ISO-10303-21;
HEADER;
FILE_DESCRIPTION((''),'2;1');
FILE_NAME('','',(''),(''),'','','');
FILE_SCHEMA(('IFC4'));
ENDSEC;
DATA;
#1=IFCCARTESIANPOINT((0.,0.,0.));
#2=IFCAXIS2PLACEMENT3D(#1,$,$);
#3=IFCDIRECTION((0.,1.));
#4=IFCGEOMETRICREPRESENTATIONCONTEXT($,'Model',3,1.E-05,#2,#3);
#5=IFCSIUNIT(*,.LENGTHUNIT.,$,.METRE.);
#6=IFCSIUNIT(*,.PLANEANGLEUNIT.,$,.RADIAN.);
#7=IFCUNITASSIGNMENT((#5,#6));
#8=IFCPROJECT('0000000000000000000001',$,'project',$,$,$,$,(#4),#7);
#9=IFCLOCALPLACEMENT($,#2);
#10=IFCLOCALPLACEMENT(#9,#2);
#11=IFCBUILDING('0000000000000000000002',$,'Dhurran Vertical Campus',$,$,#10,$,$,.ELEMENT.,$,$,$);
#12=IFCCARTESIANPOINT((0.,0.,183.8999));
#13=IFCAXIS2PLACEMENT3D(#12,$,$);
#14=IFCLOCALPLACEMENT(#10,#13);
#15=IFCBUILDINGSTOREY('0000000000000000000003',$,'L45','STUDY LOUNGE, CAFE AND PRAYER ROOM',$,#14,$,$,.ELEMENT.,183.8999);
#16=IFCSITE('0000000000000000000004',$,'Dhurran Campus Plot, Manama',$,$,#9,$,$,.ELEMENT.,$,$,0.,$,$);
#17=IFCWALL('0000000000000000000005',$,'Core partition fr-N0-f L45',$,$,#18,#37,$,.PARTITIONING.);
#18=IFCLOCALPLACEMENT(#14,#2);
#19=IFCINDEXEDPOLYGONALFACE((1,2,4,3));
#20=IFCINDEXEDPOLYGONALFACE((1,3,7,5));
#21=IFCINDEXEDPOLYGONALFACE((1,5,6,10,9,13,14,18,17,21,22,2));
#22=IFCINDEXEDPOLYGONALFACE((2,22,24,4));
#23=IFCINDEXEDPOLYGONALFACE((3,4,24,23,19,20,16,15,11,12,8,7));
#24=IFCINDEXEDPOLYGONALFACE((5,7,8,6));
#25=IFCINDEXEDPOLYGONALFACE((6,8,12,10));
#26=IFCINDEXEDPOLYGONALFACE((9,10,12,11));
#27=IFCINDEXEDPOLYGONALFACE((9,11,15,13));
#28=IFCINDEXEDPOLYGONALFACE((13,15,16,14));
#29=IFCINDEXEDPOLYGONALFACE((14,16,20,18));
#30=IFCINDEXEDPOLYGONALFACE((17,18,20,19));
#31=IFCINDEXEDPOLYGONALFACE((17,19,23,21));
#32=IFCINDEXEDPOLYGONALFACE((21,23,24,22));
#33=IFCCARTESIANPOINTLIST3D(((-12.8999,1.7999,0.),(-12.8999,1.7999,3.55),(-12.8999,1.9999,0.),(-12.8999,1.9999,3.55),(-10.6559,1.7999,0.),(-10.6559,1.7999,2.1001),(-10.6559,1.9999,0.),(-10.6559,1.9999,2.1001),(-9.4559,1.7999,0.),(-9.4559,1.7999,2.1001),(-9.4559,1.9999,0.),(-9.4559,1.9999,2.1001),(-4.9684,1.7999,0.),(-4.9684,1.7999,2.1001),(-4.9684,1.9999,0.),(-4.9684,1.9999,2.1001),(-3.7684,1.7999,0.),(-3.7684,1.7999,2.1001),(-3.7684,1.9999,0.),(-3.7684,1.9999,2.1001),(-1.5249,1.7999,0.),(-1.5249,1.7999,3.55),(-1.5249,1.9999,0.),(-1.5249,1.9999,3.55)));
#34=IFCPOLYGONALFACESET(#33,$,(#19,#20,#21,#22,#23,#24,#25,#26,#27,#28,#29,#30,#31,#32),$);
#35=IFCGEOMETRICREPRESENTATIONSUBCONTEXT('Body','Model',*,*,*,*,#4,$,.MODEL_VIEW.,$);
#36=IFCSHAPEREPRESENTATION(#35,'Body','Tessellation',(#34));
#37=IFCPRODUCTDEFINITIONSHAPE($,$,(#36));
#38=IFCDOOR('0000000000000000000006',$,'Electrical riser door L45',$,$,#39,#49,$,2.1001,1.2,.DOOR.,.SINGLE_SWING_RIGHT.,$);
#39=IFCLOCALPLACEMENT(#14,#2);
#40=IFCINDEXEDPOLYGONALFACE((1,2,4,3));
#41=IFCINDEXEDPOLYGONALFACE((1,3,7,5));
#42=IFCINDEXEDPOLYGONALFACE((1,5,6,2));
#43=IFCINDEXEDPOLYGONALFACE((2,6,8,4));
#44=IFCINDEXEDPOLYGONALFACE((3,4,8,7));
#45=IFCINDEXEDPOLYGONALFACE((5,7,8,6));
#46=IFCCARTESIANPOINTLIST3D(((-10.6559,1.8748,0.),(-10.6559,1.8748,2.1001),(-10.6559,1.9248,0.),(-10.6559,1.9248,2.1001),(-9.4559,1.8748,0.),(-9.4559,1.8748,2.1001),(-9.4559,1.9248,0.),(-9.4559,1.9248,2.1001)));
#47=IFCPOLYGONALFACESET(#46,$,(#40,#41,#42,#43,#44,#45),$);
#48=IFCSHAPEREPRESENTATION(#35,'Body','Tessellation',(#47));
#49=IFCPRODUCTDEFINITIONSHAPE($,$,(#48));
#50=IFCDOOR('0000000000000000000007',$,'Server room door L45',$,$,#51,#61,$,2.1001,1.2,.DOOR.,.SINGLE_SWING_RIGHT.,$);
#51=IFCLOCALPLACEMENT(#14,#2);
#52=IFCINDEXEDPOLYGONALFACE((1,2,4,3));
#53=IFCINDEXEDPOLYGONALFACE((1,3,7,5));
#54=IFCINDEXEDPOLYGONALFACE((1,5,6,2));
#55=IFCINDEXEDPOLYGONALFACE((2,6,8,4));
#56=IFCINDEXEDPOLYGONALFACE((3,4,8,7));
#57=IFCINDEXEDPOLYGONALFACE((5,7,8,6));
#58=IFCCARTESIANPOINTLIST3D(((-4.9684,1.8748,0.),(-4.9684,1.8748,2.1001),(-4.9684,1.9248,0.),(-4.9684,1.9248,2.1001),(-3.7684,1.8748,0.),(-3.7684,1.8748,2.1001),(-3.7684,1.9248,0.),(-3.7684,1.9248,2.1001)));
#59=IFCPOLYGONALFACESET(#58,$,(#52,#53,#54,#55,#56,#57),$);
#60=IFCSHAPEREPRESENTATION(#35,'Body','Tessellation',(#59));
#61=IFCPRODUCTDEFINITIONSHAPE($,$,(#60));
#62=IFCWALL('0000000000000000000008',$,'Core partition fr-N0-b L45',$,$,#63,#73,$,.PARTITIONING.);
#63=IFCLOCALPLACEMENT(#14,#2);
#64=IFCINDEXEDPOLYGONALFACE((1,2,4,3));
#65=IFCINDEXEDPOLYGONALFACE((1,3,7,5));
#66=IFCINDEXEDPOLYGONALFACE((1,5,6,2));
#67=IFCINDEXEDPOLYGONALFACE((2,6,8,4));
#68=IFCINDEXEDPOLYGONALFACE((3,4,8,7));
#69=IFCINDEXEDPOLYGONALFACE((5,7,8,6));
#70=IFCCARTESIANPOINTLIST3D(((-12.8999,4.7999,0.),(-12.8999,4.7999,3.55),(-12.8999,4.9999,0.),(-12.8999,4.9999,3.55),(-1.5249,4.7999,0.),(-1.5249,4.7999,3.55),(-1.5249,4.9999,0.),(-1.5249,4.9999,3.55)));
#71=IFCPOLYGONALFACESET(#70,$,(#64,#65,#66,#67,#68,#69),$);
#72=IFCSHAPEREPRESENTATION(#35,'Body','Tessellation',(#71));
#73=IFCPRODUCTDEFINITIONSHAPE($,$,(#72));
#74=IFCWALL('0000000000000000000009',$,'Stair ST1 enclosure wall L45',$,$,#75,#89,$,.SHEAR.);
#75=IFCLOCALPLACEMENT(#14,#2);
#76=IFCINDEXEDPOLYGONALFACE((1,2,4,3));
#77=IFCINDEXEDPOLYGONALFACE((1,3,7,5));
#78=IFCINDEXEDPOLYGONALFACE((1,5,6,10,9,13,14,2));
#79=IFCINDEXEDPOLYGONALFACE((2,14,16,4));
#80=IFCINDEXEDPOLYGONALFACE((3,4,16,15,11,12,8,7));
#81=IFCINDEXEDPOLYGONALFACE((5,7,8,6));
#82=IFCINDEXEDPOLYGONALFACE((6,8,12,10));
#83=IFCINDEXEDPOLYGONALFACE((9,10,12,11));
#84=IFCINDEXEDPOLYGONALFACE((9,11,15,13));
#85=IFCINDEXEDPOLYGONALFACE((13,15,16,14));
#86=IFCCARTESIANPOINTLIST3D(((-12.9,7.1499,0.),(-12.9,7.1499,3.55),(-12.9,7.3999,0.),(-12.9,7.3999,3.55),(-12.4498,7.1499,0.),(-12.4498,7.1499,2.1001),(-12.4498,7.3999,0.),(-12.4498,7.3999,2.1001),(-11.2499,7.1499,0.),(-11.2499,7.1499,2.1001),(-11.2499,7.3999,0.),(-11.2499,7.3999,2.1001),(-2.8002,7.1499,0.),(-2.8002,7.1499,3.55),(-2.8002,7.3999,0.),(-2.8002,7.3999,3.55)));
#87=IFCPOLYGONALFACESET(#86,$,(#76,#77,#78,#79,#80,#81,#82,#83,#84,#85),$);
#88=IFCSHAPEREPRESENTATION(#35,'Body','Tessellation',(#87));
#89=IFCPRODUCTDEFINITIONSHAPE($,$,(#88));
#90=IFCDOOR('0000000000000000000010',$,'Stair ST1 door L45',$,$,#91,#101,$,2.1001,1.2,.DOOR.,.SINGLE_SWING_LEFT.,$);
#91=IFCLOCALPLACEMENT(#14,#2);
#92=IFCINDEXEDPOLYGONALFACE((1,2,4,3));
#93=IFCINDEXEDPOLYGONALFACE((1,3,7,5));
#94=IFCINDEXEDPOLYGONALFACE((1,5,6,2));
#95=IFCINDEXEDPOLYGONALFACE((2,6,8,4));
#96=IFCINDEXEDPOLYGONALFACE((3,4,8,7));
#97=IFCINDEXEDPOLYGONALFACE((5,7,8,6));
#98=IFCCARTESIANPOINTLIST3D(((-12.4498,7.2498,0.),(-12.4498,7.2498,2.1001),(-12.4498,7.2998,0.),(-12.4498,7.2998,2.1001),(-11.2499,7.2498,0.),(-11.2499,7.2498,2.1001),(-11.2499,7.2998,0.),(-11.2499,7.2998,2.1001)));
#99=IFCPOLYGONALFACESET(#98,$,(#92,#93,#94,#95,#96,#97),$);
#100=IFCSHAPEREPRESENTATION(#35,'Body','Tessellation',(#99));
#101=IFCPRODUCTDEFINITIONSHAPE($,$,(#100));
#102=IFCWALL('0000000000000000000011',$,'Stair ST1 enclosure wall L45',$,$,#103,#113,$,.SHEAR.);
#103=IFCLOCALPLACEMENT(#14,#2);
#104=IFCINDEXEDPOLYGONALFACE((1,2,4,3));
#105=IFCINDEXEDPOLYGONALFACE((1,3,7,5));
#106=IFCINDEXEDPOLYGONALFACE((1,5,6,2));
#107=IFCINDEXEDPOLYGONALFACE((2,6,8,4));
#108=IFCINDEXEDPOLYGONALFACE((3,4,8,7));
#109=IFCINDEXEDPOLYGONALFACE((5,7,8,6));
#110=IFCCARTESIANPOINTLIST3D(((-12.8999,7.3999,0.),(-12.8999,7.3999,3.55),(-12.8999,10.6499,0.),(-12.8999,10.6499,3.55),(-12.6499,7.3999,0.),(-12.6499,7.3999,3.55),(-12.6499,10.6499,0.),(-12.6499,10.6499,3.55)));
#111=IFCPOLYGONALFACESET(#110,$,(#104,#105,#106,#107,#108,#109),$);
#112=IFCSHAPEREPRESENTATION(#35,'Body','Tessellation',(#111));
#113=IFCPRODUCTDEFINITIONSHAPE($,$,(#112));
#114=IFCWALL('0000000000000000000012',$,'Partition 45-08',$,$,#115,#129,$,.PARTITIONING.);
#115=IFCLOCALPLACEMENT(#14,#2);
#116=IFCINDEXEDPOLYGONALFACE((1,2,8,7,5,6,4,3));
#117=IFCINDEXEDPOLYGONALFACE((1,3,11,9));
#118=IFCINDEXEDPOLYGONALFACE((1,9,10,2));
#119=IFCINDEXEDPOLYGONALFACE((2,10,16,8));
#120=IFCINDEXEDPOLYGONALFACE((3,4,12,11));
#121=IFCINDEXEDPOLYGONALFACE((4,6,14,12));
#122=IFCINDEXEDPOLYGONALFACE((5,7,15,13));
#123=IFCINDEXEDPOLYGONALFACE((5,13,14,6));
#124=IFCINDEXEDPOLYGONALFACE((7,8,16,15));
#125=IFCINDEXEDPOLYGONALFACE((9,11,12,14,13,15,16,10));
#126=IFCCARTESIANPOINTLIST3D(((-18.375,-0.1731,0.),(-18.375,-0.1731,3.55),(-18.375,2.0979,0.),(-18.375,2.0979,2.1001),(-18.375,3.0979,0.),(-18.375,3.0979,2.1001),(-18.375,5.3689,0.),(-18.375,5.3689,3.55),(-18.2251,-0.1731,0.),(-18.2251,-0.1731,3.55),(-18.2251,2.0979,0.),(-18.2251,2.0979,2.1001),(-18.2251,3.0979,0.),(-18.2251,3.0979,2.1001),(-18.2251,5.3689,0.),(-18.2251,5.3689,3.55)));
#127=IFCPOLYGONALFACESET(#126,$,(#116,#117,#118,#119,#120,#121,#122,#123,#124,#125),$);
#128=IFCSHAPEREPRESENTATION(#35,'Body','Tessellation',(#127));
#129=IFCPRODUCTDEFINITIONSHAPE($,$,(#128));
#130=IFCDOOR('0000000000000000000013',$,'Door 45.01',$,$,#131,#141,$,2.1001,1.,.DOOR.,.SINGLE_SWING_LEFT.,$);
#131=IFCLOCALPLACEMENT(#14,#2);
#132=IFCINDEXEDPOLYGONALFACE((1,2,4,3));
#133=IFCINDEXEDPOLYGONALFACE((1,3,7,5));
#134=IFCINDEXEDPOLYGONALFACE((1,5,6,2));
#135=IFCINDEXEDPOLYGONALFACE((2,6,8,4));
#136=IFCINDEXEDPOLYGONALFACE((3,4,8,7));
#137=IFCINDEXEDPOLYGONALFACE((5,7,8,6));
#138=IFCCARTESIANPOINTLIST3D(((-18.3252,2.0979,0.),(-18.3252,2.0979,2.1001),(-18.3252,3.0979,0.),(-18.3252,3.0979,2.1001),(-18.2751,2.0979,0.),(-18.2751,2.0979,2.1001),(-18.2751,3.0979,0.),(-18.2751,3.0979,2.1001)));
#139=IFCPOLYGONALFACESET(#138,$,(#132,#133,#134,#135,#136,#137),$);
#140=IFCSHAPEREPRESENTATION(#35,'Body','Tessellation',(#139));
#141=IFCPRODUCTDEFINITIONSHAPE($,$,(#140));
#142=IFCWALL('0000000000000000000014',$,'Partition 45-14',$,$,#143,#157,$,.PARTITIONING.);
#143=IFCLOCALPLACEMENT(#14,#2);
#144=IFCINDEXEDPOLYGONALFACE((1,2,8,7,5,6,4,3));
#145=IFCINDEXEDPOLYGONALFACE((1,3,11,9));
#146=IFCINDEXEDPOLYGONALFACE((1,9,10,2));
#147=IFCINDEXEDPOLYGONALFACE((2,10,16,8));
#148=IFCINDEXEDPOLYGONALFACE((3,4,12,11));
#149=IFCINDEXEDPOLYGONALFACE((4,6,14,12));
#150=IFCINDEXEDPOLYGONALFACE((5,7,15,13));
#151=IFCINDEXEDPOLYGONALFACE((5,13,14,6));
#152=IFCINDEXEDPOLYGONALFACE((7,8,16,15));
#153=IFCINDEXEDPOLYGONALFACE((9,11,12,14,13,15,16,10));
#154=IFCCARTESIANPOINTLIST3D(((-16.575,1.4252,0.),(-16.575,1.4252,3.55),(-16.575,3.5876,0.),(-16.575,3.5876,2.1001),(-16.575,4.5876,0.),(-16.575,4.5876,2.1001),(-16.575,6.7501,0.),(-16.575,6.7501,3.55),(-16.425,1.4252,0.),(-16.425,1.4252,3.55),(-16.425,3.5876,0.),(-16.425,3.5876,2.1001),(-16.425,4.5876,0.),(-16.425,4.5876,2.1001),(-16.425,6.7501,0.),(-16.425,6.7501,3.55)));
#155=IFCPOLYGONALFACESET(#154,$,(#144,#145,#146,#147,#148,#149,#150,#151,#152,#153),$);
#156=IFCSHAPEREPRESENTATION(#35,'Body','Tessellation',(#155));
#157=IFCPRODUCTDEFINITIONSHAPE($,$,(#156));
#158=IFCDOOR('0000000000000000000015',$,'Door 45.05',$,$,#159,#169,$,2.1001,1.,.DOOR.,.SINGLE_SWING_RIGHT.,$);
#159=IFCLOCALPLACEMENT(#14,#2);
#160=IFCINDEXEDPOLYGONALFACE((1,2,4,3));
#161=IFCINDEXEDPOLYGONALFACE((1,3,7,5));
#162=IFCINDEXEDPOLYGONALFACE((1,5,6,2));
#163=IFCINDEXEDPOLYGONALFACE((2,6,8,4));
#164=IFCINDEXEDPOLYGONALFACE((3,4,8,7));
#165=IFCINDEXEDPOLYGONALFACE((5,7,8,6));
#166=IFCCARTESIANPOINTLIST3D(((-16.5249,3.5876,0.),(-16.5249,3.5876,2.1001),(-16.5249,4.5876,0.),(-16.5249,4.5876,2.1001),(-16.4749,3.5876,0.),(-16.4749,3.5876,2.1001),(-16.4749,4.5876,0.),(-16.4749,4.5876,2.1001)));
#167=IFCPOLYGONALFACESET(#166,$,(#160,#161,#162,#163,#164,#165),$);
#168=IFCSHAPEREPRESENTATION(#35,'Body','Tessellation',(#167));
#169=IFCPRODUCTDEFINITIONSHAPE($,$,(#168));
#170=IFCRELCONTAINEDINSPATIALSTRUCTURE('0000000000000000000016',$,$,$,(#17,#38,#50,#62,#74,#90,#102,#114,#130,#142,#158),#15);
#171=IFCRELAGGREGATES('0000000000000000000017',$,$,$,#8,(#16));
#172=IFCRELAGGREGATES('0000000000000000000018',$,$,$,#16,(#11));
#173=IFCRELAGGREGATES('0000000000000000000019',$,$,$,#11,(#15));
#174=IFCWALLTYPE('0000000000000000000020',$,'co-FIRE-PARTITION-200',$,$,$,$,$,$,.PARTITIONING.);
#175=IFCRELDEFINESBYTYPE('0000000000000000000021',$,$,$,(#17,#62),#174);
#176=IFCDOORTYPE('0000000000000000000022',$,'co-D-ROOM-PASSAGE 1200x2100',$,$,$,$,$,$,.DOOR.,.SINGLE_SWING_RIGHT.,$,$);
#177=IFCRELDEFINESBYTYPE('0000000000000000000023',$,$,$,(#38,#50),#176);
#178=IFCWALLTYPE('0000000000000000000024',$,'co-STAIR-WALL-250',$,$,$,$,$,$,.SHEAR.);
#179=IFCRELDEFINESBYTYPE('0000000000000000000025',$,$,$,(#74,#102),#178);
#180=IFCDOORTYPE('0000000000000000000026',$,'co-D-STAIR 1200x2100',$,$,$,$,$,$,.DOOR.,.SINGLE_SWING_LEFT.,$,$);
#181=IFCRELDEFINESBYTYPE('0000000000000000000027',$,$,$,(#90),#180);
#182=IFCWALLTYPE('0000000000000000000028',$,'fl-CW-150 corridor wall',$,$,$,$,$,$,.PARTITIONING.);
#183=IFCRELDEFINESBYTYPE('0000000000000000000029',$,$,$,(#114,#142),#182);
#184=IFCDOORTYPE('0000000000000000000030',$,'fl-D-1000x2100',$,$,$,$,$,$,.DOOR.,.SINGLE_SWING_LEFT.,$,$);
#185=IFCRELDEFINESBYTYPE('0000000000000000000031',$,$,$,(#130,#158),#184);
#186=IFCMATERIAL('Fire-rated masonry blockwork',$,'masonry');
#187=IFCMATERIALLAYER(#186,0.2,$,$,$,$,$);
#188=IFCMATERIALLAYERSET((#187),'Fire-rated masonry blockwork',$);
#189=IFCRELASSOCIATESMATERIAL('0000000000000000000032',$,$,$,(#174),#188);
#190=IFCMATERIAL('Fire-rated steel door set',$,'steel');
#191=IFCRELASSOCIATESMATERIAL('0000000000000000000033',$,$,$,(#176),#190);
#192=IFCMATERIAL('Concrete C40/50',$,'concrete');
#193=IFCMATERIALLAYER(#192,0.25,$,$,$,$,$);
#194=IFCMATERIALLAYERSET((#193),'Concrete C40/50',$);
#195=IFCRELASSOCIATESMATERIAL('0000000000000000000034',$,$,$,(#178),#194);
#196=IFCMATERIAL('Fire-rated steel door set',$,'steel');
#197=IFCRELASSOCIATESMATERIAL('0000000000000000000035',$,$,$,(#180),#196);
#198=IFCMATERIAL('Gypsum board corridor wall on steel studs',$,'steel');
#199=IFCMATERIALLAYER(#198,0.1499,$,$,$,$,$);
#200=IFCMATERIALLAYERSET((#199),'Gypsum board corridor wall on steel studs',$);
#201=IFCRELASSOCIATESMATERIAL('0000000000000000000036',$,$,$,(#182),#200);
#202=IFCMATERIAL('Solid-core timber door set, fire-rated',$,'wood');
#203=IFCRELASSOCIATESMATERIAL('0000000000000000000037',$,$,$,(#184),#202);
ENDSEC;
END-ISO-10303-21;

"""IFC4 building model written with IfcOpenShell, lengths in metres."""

from ifc_helpers import new_model, si_unit, direction, frame, frame_2d, origin, place, context, subcontext, project, spatial, rectangle, extrude, material, layer, layer_set, type_object, element, fill, save


model = new_model("IFC4")

# Units and contexts
model_context = context("Model", 3, precision=1e-05, world=origin(), true_north=direction((0.0, 1.0)))
body_context = subcontext(model_context, "Body", "Model", "MODEL_VIEW")
ifc_project = project(units=[si_unit("LENGTHUNIT", "METRE"), si_unit("PLANEANGLEUNIT", "RADIAN")], contexts=[model_context])

# Site, building, storey
site_placement = place(None, origin())
site = spatial("IfcSite", under=ifc_project, at=site_placement, Name="Dhurran Campus Plot, Manama", CompositionType="ELEMENT", RefElevation=0.0)
building_placement = place(site_placement, origin())
building = spatial("IfcBuilding", under=site, at=building_placement, Name="Dhurran Vertical Campus", CompositionType="ELEMENT")
storey_placement = place(building_placement, frame((0.0, 0.0, 183.8999)))
storey = spatial("IfcBuildingStorey", under=building, at=storey_placement, Name="L45", Description="STUDY LOUNGE, CAFE AND PRAYER ROOM", CompositionType="ELEMENT", Elevation=183.8999)

# Wall, openings, doors
ifc_material_1 = material(Name="Fire-rated masonry blockwork", Category="masonry")
ifc_layer_1 = layer(ifc_material_1, 0.2)
ifc_layer_set_1 = layer_set([ifc_layer_1], Name="Fire-rated masonry blockwork")
wall_type_1 = type_object("IfcWallType", Name="co-FIRE-PARTITION-200", PredefinedType="PARTITIONING", material=ifc_layer_set_1)
wall_1_placement = place(storey_placement, frame((-12.8999, 1.8999, 0.0), z_axis=(0.0, 0.0, 1.0), x_axis=(1.0, 0.0, 0.0)))
wall_1 = element("IfcWall", 1, at=wall_1_placement, inside=storey, type_object=wall_type_1, Name="Core partition fr-N0-f L45", PredefinedType="PARTITIONING", context=body_context, shape_type="SweptSolid", body=[
    extrude(rectangle(XDim=11.375, YDim=0.2, at=frame_2d((5.6875, 0.0))), origin(), (0.0, 0.0, 1.0), 3.55),
])
opening_1_placement = place(wall_1_placement, frame((2.2439, 0.0, 0.0)))
opening_1 = element("IfcOpeningElement", 2, at=opening_1_placement, cuts=wall_1, PredefinedType="OPENING", context=body_context, shape_type="SweptSolid", body=[
    extrude(rectangle(XDim=1.2, YDim=2.1001, at=frame_2d((0.6001, 1.05))), frame((0.0, 0.1099, 0.0), z_axis=(0.0, -1.0, 0.0), x_axis=(1.0, 0.0, 0.0)), (0.0, 0.0, 1.0), 0.22),
])
opening_2_placement = place(wall_1_placement, frame((7.9314, 0.0, 0.0)))
opening_2 = element("IfcOpeningElement", 3, at=opening_2_placement, cuts=wall_1, PredefinedType="OPENING", context=body_context, shape_type="SweptSolid", body=[
    extrude(rectangle(XDim=1.2, YDim=2.1001, at=frame_2d((0.6001, 1.05))), frame((0.0, 0.1099, 0.0), z_axis=(0.0, -1.0, 0.0), x_axis=(1.0, 0.0, 0.0)), (0.0, 0.0, 1.0), 0.22),
])
ifc_material_2 = material(Name="Fire-rated steel door set", Category="steel")
door_type_1 = type_object("IfcDoorType", Name="co-D-ROOM-PASSAGE 1200x2100", OperationType="SINGLE_SWING_RIGHT", PredefinedType="DOOR", material=ifc_material_2)
door_1_placement = place(opening_1_placement, origin())
door_1 = element("IfcDoor", 4, at=door_1_placement, inside=storey, type_object=door_type_1, Name="Electrical riser door L45", OperationType="SINGLE_SWING_RIGHT", OverallHeight=2.1001, OverallWidth=1.2, PredefinedType="DOOR", context=body_context, shape_type="SweptSolid", body=[
    extrude(rectangle(XDim=1.2, YDim=2.1001, at=frame_2d((0.6001, 1.05))), frame((0.0, 0.0249, 0.0), z_axis=(0.0, -1.0, 0.0), x_axis=(1.0, 0.0, 0.0)), (0.0, 0.0, 1.0), 0.05),
])
fill(opening_1, door_1)
door_2_placement = place(opening_2_placement, origin())
door_2 = element("IfcDoor", 5, at=door_2_placement, inside=storey, type_object=door_type_1, Name="Server room door L45", OperationType="SINGLE_SWING_RIGHT", OverallHeight=2.1001, OverallWidth=1.2, PredefinedType="DOOR", context=body_context, shape_type="SweptSolid", body=[
    extrude(rectangle(XDim=1.2, YDim=2.1001, at=frame_2d((0.6001, 1.05))), frame((0.0, 0.0249, 0.0), z_axis=(0.0, -1.0, 0.0), x_axis=(1.0, 0.0, 0.0)), (0.0, 0.0, 1.0), 0.05),
])
fill(opening_2, door_2)

# Wall
wall_2_placement = place(storey_placement, frame((-12.8999, 4.8999, 0.0), z_axis=(0.0, 0.0, 1.0), x_axis=(1.0, 0.0, 0.0)))
element("IfcWall", 6, at=wall_2_placement, inside=storey, type_object=wall_type_1, Name="Core partition fr-N0-b L45", PredefinedType="PARTITIONING", context=body_context, shape_type="SweptSolid", body=[
    extrude(rectangle(XDim=11.375, YDim=0.2, at=frame_2d((5.6875, 0.0))), origin(), (0.0, 0.0, 1.0), 3.55),
])

# Wall, opening, door
ifc_material_3 = material(Name="Concrete C40/50", Category="concrete")
ifc_layer_2 = layer(ifc_material_3, 0.25)
ifc_layer_set_2 = layer_set([ifc_layer_2], Name="Concrete C40/50")
wall_type_2 = type_object("IfcWallType", Name="co-STAIR-WALL-250", PredefinedType="SHEAR", material=ifc_layer_set_2)
wall_3_placement = place(storey_placement, frame((-12.8999, 7.2749, 0.0), z_axis=(0.0, 0.0, 1.0), x_axis=(1.0, 0.0, 0.0)))
wall_3 = element("IfcWall", 7, at=wall_3_placement, inside=storey, type_object=wall_type_2, Name="Stair ST1 enclosure wall L45", PredefinedType="SHEAR", context=body_context, shape_type="SweptSolid", body=[
    extrude(rectangle(XDim=10.0999, YDim=0.25, at=frame_2d((5.0498, 0.0))), origin(), (0.0, 0.0, 1.0), 3.55),
])
opening_3_placement = place(wall_3_placement, frame((0.45, 0.0, 0.0)))
opening_3 = element("IfcOpeningElement", 8, at=opening_3_placement, cuts=wall_3, PredefinedType="OPENING", context=body_context, shape_type="SweptSolid", body=[
    extrude(rectangle(XDim=1.2, YDim=2.1001, at=frame_2d((0.6001, 1.05))), frame((0.0, 0.135, 0.0), z_axis=(0.0, -1.0, 0.0), x_axis=(1.0, 0.0, 0.0)), (0.0, 0.0, 1.0), 0.27),
])
ifc_material_4 = material(Name="Fire-rated steel door set", Category="steel")
door_type_2 = type_object("IfcDoorType", Name="co-D-STAIR 1200x2100", OperationType="SINGLE_SWING_LEFT", PredefinedType="DOOR", material=ifc_material_4)
door_3_placement = place(opening_3_placement, origin())
door_3 = element("IfcDoor", 9, at=door_3_placement, inside=storey, type_object=door_type_2, Name="Stair ST1 door L45", OperationType="SINGLE_SWING_LEFT", OverallHeight=2.1001, OverallWidth=1.2, PredefinedType="DOOR", context=body_context, shape_type="SweptSolid", body=[
    extrude(rectangle(XDim=1.2, YDim=2.1001, at=frame_2d((0.6001, 1.05))), frame((0.0, 0.0249, 0.0), z_axis=(0.0, -1.0, 0.0), x_axis=(1.0, 0.0, 0.0)), (0.0, 0.0, 1.0), 0.05),
])
fill(opening_3, door_3)

# Wall
wall_4_placement = place(storey_placement, frame((-12.7749, 7.3999, 0.0), z_axis=(0.0, 0.0, 1.0), x_axis=(0.0, 1.0, 0.0)))
element("IfcWall", 10, at=wall_4_placement, inside=storey, type_object=wall_type_2, Name="Stair ST1 enclosure wall L45", PredefinedType="SHEAR", context=body_context, shape_type="SweptSolid", body=[
    extrude(rectangle(XDim=3.25, YDim=0.25, at=frame_2d((1.625, 0.0))), origin(), (0.0, 0.0, 1.0), 3.55),
])

# Walls, openings, doors
ifc_material_5 = material(Name="Gypsum board corridor wall on steel studs", Category="steel")
ifc_layer_3 = layer(ifc_material_5, 0.1499)
ifc_layer_set_3 = layer_set([ifc_layer_3], Name="Gypsum board corridor wall on steel studs")
wall_type_3 = type_object("IfcWallType", Name="fl-CW-150 corridor wall", PredefinedType="PARTITIONING", material=ifc_layer_set_3)
wall_5_placement = place(storey_placement, frame((-18.3, 5.3689, 0.0), z_axis=(0.0, 0.0, 1.0), x_axis=(0.0, -1.0, 0.0)))
wall_5 = element("IfcWall", 11, at=wall_5_placement, inside=storey, type_object=wall_type_3, Name="Partition 45-08", PredefinedType="PARTITIONING", context=body_context, shape_type="SweptSolid", body=[
    extrude(rectangle(XDim=5.542, YDim=0.1499, at=frame_2d((2.771, 0.0))), origin(), (0.0, 0.0, 1.0), 3.55),
])
opening_4_placement = place(wall_5_placement, frame((2.271, 0.0, 0.0)))
opening_4 = element("IfcOpeningElement", 12, at=opening_4_placement, cuts=wall_5, PredefinedType="OPENING", context=body_context, shape_type="SweptSolid", body=[
    extrude(rectangle(XDim=1.0, YDim=2.1001, at=frame_2d((0.5, 1.05))), frame((0.0, 0.085, 0.0), z_axis=(0.0, -1.0, 0.0), x_axis=(1.0, 0.0, 0.0)), (0.0, 0.0, 1.0), 0.1699),
])
ifc_material_6 = material(Name="Solid-core timber door set, fire-rated", Category="wood")
door_type_3 = type_object("IfcDoorType", Name="fl-D-1000x2100", OperationType="SINGLE_SWING_LEFT", PredefinedType="DOOR", material=ifc_material_6)
door_4_placement = place(opening_4_placement, origin())
door_4 = element("IfcDoor", 13, at=door_4_placement, inside=storey, type_object=door_type_3, Name="Door 45.01", OperationType="SINGLE_SWING_LEFT", OverallHeight=2.1001, OverallWidth=1.0, PredefinedType="DOOR", context=body_context, shape_type="SweptSolid", body=[
    extrude(rectangle(XDim=1.0, YDim=2.1001, at=frame_2d((0.5, 1.05))), frame((0.0, 0.0249, 0.0), z_axis=(0.0, -1.0, 0.0), x_axis=(1.0, 0.0, 0.0)), (0.0, 0.0, 1.0), 0.05),
])
fill(opening_4, door_4)
wall_6_placement = place(storey_placement, frame((-16.5, 1.425, 0.0), z_axis=(0.0, 0.0, 1.0), x_axis=(0.0, 1.0, 0.0)))
wall_6 = element("IfcWall", 14, at=wall_6_placement, inside=storey, type_object=wall_type_3, Name="Partition 45-14", PredefinedType="PARTITIONING", context=body_context, shape_type="SweptSolid", body=[
    extrude(rectangle(XDim=5.325, YDim=0.1499, at=frame_2d((2.6626, 0.0))), origin(), (0.0, 0.0, 1.0), 3.55),
])
opening_5_placement = place(wall_6_placement, frame((2.1626, 0.0, 0.0)))
opening_5 = element("IfcOpeningElement", 15, at=opening_5_placement, cuts=wall_6, PredefinedType="OPENING", context=body_context, shape_type="SweptSolid", body=[
    extrude(rectangle(XDim=1.0, YDim=2.1001, at=frame_2d((0.5, 1.05))), frame((0.0, 0.085, 0.0), z_axis=(0.0, -1.0, 0.0), x_axis=(1.0, 0.0, 0.0)), (0.0, 0.0, 1.0), 0.1699),
])
door_5_placement = place(opening_5_placement, origin())
door_5 = element("IfcDoor", 16, at=door_5_placement, inside=storey, type_object=door_type_3, Name="Door 45.05", OperationType="SINGLE_SWING_RIGHT", OverallHeight=2.1001, OverallWidth=1.0, PredefinedType="DOOR", context=body_context, shape_type="SweptSolid", body=[
    extrude(rectangle(XDim=1.0, YDim=2.1001, at=frame_2d((0.5, 1.05))), frame((0.0, 0.0249, 0.0), z_axis=(0.0, -1.0, 0.0), x_axis=(1.0, 0.0, 0.0)), (0.0, 0.0, 1.0), 0.05),
])
fill(opening_5, door_5)

save(model, "model.ifc")
